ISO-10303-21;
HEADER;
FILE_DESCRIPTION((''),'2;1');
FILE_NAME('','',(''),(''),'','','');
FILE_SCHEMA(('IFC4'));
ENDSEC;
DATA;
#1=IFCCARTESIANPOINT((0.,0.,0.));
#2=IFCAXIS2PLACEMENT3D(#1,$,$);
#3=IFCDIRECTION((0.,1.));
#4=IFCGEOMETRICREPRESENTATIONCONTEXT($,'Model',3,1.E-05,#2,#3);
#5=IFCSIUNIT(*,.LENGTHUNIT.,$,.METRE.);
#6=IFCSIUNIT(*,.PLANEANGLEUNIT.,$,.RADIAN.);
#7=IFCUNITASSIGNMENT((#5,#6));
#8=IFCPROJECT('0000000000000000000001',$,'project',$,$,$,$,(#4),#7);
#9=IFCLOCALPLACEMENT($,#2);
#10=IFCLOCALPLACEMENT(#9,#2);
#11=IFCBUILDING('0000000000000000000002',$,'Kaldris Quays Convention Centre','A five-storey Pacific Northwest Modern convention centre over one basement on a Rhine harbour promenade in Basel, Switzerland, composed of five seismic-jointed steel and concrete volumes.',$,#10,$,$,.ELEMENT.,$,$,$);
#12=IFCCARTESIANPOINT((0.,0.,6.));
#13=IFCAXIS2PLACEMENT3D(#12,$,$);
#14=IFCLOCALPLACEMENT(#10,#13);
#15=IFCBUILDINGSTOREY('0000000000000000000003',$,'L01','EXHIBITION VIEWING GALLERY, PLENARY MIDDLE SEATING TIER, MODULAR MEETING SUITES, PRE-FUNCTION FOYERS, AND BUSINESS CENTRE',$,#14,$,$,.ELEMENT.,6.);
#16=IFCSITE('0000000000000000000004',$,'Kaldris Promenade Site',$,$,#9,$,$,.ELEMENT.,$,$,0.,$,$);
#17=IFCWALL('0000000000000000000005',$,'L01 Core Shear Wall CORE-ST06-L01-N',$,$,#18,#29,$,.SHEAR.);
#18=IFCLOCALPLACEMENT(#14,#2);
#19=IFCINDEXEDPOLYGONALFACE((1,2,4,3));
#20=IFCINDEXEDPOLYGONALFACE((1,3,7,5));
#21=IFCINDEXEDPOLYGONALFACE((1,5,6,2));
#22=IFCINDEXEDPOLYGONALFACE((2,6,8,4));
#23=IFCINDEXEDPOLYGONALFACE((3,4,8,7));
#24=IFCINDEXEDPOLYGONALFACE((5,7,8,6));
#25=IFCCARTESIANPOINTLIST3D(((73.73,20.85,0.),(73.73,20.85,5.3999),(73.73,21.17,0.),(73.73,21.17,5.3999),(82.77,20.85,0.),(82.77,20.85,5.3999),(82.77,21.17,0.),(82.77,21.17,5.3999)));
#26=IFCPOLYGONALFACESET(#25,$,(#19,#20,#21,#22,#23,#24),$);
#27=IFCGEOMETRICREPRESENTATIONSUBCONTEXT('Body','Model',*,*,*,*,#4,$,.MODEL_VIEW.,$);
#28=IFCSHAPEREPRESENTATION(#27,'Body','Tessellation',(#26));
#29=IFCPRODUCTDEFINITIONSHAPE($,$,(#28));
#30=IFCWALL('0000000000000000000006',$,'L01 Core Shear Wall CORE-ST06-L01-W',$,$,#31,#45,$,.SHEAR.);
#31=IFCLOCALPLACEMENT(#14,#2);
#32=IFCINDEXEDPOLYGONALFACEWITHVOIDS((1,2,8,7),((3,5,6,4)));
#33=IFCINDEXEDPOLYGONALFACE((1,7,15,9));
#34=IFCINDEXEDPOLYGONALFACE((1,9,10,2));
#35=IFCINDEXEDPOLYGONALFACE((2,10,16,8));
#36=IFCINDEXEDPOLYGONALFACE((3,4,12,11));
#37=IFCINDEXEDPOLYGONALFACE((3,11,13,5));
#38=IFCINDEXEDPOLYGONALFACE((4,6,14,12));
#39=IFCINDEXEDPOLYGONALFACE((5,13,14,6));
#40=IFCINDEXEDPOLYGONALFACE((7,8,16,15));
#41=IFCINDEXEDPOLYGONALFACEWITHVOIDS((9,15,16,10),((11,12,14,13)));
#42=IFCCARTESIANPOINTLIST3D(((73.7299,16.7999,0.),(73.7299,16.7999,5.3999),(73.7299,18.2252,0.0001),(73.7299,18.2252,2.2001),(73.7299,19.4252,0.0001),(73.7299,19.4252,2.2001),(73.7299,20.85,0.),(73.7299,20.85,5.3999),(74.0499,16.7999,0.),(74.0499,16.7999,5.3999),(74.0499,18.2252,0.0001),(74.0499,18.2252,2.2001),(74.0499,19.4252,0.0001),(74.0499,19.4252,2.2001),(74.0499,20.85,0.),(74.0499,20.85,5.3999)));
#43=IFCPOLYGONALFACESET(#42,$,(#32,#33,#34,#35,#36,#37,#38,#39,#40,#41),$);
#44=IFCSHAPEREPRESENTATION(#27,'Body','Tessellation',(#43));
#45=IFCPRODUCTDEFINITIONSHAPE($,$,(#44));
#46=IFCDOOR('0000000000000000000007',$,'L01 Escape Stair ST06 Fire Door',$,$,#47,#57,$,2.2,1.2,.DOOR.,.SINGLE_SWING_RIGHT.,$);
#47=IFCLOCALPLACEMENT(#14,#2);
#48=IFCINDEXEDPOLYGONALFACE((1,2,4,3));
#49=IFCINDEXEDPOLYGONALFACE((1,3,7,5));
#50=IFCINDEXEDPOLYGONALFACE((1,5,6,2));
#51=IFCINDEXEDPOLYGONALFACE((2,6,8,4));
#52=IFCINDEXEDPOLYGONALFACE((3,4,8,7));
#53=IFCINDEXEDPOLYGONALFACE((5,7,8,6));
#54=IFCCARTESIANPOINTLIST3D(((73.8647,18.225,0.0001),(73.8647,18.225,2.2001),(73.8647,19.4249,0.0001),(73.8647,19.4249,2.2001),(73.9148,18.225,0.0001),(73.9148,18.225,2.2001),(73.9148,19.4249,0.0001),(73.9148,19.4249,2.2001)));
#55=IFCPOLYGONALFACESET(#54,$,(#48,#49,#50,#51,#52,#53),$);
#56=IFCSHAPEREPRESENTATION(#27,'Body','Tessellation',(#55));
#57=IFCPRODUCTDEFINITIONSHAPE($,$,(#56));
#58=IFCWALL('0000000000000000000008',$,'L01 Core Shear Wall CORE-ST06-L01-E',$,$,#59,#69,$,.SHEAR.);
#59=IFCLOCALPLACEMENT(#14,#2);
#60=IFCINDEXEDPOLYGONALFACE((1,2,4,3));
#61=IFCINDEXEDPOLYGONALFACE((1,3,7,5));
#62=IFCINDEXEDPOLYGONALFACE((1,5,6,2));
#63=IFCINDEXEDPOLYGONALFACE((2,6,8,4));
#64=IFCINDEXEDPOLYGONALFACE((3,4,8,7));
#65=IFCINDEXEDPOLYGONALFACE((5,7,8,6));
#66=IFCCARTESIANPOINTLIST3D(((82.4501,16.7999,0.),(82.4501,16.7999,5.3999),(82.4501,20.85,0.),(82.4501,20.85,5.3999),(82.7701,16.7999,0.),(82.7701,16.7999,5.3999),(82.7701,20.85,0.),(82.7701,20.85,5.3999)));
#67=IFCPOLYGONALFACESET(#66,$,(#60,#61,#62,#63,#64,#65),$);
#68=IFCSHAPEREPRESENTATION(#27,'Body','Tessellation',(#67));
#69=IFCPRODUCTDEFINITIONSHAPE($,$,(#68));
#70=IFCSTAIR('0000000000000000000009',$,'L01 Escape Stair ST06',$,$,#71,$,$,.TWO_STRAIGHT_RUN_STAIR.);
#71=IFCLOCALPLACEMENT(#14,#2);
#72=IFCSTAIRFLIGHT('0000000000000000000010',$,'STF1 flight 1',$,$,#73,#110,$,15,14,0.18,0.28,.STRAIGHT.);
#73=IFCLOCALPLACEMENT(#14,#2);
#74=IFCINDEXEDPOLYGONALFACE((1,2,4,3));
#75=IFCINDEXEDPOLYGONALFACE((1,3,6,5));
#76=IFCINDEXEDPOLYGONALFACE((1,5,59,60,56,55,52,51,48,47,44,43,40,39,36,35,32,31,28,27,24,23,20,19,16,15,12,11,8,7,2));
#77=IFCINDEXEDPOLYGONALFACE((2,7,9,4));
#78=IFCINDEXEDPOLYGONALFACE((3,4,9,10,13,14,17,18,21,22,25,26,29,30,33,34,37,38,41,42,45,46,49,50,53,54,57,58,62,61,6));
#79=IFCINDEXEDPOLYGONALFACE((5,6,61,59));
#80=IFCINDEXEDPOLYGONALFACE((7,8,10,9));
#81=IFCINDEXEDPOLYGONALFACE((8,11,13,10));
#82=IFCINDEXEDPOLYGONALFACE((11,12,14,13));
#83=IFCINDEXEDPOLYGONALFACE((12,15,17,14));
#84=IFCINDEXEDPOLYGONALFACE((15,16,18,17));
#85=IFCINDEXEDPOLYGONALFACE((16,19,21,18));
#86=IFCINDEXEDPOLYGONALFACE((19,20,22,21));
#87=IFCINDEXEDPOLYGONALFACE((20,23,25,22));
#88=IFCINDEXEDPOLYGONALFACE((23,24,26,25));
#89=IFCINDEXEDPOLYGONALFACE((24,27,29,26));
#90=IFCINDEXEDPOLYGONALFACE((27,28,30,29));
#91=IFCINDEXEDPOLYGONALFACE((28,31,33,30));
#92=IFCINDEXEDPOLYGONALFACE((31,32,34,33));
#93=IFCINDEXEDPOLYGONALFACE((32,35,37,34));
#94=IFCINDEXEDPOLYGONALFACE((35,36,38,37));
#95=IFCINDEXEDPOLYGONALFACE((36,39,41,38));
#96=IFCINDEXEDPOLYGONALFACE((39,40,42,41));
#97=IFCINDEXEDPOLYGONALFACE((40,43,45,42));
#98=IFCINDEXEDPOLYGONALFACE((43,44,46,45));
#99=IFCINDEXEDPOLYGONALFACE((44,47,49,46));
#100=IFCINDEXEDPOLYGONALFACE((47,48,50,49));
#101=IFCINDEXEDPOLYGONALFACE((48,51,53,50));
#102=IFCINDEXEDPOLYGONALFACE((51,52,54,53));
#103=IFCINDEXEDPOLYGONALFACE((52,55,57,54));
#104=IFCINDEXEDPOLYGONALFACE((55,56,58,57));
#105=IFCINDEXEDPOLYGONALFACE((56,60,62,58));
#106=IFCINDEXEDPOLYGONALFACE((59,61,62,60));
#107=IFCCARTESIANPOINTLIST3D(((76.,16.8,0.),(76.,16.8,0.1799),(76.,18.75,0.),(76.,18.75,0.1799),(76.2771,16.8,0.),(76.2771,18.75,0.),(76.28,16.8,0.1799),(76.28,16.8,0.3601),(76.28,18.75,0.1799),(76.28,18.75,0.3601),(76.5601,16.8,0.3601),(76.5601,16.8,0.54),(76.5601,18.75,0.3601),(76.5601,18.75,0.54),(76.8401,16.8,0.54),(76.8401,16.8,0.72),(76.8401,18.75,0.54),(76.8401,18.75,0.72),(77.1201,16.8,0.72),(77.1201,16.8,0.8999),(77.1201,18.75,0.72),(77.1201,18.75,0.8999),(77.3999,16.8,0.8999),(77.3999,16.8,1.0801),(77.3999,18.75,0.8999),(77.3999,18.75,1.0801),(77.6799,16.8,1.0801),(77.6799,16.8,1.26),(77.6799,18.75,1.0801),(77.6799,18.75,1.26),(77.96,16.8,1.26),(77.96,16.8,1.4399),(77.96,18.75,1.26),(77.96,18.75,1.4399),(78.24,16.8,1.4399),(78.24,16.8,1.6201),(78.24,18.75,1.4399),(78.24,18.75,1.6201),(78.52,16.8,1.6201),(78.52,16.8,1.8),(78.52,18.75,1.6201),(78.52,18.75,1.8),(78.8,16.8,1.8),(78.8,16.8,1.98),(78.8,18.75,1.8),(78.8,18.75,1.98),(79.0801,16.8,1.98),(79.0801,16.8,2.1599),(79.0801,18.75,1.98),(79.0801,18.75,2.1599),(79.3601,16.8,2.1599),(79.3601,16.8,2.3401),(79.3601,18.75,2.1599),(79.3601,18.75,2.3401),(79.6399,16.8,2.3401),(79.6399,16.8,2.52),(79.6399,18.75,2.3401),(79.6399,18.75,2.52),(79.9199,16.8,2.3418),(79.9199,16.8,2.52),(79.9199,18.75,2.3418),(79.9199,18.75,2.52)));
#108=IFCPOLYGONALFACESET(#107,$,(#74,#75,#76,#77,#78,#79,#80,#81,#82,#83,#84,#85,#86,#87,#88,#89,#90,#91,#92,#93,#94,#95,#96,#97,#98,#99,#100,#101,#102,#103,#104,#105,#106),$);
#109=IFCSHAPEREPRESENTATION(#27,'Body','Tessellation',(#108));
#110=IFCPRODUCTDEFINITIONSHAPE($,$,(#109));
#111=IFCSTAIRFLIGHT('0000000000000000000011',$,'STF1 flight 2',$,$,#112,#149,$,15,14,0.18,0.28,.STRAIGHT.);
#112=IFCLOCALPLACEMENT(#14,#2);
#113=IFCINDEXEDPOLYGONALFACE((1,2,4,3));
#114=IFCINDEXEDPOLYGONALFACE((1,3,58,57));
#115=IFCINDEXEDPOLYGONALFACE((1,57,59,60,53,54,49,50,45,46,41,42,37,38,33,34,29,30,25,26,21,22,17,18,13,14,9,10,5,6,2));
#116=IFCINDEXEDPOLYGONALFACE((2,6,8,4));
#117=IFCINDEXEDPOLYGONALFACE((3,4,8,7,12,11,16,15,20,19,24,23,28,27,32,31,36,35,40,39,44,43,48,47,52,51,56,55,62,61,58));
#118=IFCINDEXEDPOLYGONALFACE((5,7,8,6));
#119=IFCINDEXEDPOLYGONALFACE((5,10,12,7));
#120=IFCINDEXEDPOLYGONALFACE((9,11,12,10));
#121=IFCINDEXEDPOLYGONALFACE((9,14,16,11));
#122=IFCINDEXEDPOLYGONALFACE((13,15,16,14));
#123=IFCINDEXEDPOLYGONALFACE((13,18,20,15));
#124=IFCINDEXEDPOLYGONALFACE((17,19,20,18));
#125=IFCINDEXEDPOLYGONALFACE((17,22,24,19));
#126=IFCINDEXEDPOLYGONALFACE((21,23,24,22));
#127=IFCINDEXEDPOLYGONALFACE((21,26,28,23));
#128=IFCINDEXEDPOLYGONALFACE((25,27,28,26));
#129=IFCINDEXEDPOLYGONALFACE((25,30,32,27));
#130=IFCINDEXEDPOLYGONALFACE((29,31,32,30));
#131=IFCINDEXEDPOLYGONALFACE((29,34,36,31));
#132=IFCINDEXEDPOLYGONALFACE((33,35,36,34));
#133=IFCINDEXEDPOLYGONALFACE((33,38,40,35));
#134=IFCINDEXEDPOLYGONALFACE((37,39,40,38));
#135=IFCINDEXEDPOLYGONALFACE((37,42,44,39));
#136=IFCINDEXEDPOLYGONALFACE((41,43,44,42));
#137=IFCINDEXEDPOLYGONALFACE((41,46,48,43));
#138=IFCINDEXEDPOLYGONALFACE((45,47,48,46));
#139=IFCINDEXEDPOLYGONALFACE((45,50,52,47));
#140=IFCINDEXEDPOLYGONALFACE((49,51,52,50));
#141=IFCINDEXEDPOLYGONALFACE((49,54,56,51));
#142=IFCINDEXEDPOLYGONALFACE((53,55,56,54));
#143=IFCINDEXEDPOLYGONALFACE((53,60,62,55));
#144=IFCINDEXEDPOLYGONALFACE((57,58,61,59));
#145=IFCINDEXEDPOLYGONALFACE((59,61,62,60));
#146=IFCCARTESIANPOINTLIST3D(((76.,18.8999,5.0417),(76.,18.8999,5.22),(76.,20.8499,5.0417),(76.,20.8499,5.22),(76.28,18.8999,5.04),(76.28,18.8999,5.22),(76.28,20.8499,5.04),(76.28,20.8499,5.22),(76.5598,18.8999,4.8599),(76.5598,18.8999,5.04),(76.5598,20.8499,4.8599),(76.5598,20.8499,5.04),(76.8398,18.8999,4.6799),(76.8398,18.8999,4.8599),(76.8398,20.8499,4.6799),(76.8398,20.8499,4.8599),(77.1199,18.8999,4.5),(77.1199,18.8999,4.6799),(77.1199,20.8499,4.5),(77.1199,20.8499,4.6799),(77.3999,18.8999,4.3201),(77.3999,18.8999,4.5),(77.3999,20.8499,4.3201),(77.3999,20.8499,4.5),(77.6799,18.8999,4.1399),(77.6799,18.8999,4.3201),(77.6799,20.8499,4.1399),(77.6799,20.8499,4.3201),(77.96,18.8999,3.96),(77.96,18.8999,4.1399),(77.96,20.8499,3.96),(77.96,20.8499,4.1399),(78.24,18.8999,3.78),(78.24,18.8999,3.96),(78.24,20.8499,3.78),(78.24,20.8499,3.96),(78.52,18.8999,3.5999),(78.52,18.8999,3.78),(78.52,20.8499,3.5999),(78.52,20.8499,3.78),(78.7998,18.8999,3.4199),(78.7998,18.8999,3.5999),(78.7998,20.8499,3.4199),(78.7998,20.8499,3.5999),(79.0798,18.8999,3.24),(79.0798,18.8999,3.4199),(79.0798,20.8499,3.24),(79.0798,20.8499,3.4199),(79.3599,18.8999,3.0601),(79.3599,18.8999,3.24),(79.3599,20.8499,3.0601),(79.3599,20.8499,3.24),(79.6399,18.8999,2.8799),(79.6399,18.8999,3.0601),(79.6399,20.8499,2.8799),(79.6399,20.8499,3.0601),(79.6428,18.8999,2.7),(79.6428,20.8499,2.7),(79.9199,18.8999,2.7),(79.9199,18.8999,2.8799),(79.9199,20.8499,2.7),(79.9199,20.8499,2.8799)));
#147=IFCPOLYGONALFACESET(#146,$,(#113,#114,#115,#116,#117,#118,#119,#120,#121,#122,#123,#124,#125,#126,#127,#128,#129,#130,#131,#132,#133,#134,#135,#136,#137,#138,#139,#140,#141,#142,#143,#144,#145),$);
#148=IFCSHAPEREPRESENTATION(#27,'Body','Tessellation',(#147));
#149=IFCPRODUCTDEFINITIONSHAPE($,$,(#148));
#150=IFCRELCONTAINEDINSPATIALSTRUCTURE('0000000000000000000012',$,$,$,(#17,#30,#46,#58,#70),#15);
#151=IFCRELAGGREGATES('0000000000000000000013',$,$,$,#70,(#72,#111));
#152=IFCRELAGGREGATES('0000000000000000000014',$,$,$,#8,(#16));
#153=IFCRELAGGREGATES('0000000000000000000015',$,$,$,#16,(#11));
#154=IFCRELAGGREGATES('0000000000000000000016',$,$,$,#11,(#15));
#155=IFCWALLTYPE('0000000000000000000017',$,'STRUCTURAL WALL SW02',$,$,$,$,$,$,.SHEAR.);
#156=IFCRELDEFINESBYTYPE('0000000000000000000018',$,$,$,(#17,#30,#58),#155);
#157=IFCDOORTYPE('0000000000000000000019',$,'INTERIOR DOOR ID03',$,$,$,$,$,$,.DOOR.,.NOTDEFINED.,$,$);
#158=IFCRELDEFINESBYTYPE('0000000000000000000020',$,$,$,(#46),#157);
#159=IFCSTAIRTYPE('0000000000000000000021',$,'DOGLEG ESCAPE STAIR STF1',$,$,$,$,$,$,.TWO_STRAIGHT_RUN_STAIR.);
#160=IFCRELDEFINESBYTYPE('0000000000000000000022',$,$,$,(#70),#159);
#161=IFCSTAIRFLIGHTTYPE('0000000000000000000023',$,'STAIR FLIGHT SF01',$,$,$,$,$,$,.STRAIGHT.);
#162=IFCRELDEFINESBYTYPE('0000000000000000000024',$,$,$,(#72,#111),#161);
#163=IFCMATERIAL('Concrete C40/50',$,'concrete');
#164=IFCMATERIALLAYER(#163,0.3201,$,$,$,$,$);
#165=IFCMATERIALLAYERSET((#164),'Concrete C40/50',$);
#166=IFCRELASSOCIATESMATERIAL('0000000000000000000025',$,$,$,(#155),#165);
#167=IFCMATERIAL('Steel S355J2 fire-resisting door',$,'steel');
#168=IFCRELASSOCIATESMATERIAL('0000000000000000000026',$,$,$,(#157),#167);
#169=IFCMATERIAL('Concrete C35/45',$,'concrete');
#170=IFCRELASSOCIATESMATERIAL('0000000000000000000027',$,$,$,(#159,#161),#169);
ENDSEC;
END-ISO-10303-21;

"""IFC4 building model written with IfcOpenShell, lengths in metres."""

from ifc_helpers import new_model, si_unit, direction, frame, frame_2d, origin, place, context, subcontext, project, spatial, polyline, rectangle, outline, extrude, material, layer, layer_set, type_object, element, fill, aggregate, save


model = new_model("IFC4")

# Units and contexts
model_context = context("Model", 3, precision=1e-05, world=origin(), true_north=direction((0.0, 1.0)))
body_context = subcontext(model_context, "Body", "Model", "MODEL_VIEW")
ifc_project = project(units=[si_unit("LENGTHUNIT", "METRE"), si_unit("PLANEANGLEUNIT", "RADIAN")], contexts=[model_context])

# Site, building, storey
site_placement = place(None, origin())
site = spatial("IfcSite", under=ifc_project, at=site_placement, Name="Kaldris Promenade Site", CompositionType="ELEMENT", RefElevation=0.0)
building_placement = place(site_placement, origin())
building = spatial("IfcBuilding", under=site, at=building_placement, Name="Kaldris Quays Convention Centre", Description="A five-storey Pacific Northwest Modern convention centre over one basement on a Rhine harbour promenade in Basel, Switzerland, composed of five seismic-jointed steel and concrete volumes.", CompositionType="ELEMENT")
storey_placement = place(building_placement, frame((0.0, 0.0, 6.0)))
storey = spatial("IfcBuildingStorey", under=building, at=storey_placement, Name="L01", Description="EXHIBITION VIEWING GALLERY, PLENARY MIDDLE SEATING TIER, MODULAR MEETING SUITES, PRE-FUNCTION FOYERS, AND BUSINESS CENTRE", CompositionType="ELEMENT", Elevation=6.0)

# Wall
ifc_material_1 = material(Name="Concrete C40/50", Category="concrete")
ifc_layer_1 = layer(ifc_material_1, 0.3201)
ifc_layer_set_1 = layer_set([ifc_layer_1], Name="Concrete C40/50")
wall_type_1 = type_object("IfcWallType", Name="STRUCTURAL WALL SW02", PredefinedType="SHEAR", material=ifc_layer_set_1)
for number, where, z_axis, x_axis, name in (
    (1, (73.73, 21.01, 0.0), (0.0, 0.0, 1.0), (1.0, 0.0, 0.0), "L01 Core Shear Wall CORE-ST06-L01-N"),
):
    element("IfcWall", number, at=place(storey_placement, frame(where, z_axis=z_axis, x_axis=x_axis)), inside=storey, type_object=wall_type_1, Name=name, PredefinedType="SHEAR", context=body_context, shape_type="SweptSolid", body=[
        extrude(rectangle(XDim=9.04, YDim=0.3201, at=frame_2d((4.52, 0.0))), origin(), (0.0, 0.0, 1.0), 5.3999),
    ])

# Wall, opening, door
wall_1_placement = place(storey_placement, frame((73.8899, 16.8, 0.0), z_axis=(0.0, 0.0, 1.0), x_axis=(0.0, 1.0, 0.0)))
wall_1 = element("IfcWall", 2, at=wall_1_placement, inside=storey, type_object=wall_type_1, Name="L01 Core Shear Wall CORE-ST06-L01-W", PredefinedType="SHEAR", context=body_context, shape_type="SweptSolid", body=[
    extrude(rectangle(XDim=4.05, YDim=0.3201, at=frame_2d((2.0249, 0.0))), origin(), (0.0, 0.0, 1.0), 5.3999),
])
opening_placement = place(wall_1_placement, frame((1.425, 0.0, 0.0)))
opening = element("IfcOpeningElement", 3, at=opening_placement, cuts=wall_1, PredefinedType="OPENING", context=body_context, shape_type="SweptSolid", body=[
    extrude(rectangle(XDim=1.2, YDim=2.2, at=frame_2d((0.6001, 1.1001))), frame((0.0, 0.1699, 0.0), z_axis=(0.0, -1.0, 0.0), x_axis=(1.0, 0.0, 0.0)), (0.0, 0.0, 1.0), 0.3401),
])
ifc_material_2 = material(Name="Steel S355J2 fire-resisting door", Category="steel")
door_type = type_object("IfcDoorType", Name="INTERIOR DOOR ID03", OperationType="NOTDEFINED", PredefinedType="DOOR", material=ifc_material_2)
door_placement = place(opening_placement, frame((1.2, 0.0, 0.0), z_axis=(0.0, 0.0, 1.0), x_axis=(-1.0, 0.0, 0.0)))
door = element("IfcDoor", 4, at=door_placement, inside=storey, type_object=door_type, Name="L01 Escape Stair ST06 Fire Door", OperationType="SINGLE_SWING_RIGHT", OverallHeight=2.2, OverallWidth=1.2, PredefinedType="DOOR", context=body_context, shape_type="SweptSolid", body=[
    extrude(rectangle(XDim=1.2, YDim=2.2, at=frame_2d((0.6001, 1.1001))), frame((0.0, 0.0249, 0.0), z_axis=(0.0, -1.0, 0.0), x_axis=(1.0, 0.0, 0.0)), (0.0, 0.0, 1.0), 0.05),
])
fill(opening, door)

# Wall
wall_2_placement = place(storey_placement, frame((82.6101, 16.8, 0.0), z_axis=(0.0, 0.0, 1.0), x_axis=(0.0, 1.0, 0.0)))
element("IfcWall", 5, at=wall_2_placement, inside=storey, type_object=wall_type_1, Name="L01 Core Shear Wall CORE-ST06-L01-E", PredefinedType="SHEAR", context=body_context, shape_type="SweptSolid", body=[
    extrude(rectangle(XDim=4.05, YDim=0.3201, at=frame_2d((2.0249, 0.0))), origin(), (0.0, 0.0, 1.0), 5.3999),
])

# Stair, stair flights
ifc_material_3 = material(Name="Concrete C35/45", Category="concrete")
stair_type = type_object("IfcStairType", Name="DOGLEG ESCAPE STAIR STF1", PredefinedType="TWO_STRAIGHT_RUN_STAIR", material=ifc_material_3)
stair_placement = place(storey_placement, origin())
stair = element("IfcStair", 6, at=stair_placement, inside=storey, type_object=stair_type, Name="L01 Escape Stair ST06", PredefinedType="TWO_STRAIGHT_RUN_STAIR")
stair_flight_type = type_object("IfcStairFlightType", Name="STAIR FLIGHT SF01", PredefinedType="STRAIGHT", material=ifc_material_3)
stair_flight_1_placement = place(storey_placement, frame((76.0, 17.7749, 0.0), z_axis=(0.0, 0.0, 1.0), x_axis=(1.0, 0.0, 0.0)))
stair_flight_1 = element("IfcStairFlight", 7, at=stair_flight_1_placement, type_object=stair_flight_type, Name="STF1 flight 1", NumberOfRisers=15, NumberOfTreads=14, PredefinedType="STRAIGHT", RiserHeight=0.18, TreadLength=0.28, context=body_context, shape_type="SweptSolid", body=[
    extrude(outline(polyline([(0.0, 0.0), (0.0, 0.1799), (0.28, 0.1799), (0.28, 0.3601), (0.5601, 0.3601), (0.5601, 0.54), (0.8401, 0.54), (0.8401, 0.72), (1.1201, 0.72), (1.1201, 0.8999), (1.3999, 0.8999), (1.3999, 1.0801), (1.6799, 1.0801), (1.6799, 1.26), (1.96, 1.26), (1.96, 1.4399), (2.24, 1.4399), (2.24, 1.6201), (2.52, 1.6201), (2.52, 1.8), (2.8, 1.8), (2.8, 1.98), (3.0801, 1.98), (3.0801, 2.1599), (3.3601, 2.1599), (3.3601, 2.3401), (3.6399, 2.3401), (3.6399, 2.52), (3.9199, 2.52), (3.9199, 2.7), (3.9199, 2.3418), (0.2771, 0.0), (0.0, 0.0)])), frame((0.0, 0.9751, 0.0), z_axis=(0.0, -1.0, 0.0), x_axis=(1.0, 0.0, 0.0)), (0.0, 0.0, 1.0), 1.95),
])
stair_flight_2_placement = place(storey_placement, frame((79.9199, 19.875, 2.7), z_axis=(0.0, 0.0, 1.0), x_axis=(-1.0, 0.0, 0.0)))
stair_flight_2 = element("IfcStairFlight", 8, at=stair_flight_2_placement, type_object=stair_flight_type, Name="STF1 flight 2", NumberOfRisers=15, NumberOfTreads=14, PredefinedType="STRAIGHT", RiserHeight=0.18, TreadLength=0.28, context=body_context, shape_type="SweptSolid", body=[
    extrude(outline(polyline([(0.0, 0.0), (0.0, 0.1799), (0.28, 0.1799), (0.28, 0.3601), (0.5601, 0.3601), (0.5601, 0.54), (0.8401, 0.54), (0.8401, 0.72), (1.1201, 0.72), (1.1201, 0.8999), (1.3999, 0.8999), (1.3999, 1.0801), (1.6799, 1.0801), (1.6799, 1.26), (1.96, 1.26), (1.96, 1.4399), (2.24, 1.4399), (2.24, 1.6201), (2.52, 1.6201), (2.52, 1.8), (2.8, 1.8), (2.8, 1.98), (3.0801, 1.98), (3.0801, 2.1599), (3.3601, 2.1599), (3.3601, 2.3401), (3.6399, 2.3401), (3.6399, 2.52), (3.9199, 2.52), (3.9199, 2.7), (3.9199, 2.3418), (0.2771, 0.0), (0.0, 0.0)])), frame((0.0, 0.9751, 0.0), z_axis=(0.0, -1.0, 0.0), x_axis=(1.0, 0.0, 0.0)), (0.0, 0.0, 1.0), 1.95),
])
aggregate(stair, [stair_flight_1, stair_flight_2])

save(model, "model.ifc")
